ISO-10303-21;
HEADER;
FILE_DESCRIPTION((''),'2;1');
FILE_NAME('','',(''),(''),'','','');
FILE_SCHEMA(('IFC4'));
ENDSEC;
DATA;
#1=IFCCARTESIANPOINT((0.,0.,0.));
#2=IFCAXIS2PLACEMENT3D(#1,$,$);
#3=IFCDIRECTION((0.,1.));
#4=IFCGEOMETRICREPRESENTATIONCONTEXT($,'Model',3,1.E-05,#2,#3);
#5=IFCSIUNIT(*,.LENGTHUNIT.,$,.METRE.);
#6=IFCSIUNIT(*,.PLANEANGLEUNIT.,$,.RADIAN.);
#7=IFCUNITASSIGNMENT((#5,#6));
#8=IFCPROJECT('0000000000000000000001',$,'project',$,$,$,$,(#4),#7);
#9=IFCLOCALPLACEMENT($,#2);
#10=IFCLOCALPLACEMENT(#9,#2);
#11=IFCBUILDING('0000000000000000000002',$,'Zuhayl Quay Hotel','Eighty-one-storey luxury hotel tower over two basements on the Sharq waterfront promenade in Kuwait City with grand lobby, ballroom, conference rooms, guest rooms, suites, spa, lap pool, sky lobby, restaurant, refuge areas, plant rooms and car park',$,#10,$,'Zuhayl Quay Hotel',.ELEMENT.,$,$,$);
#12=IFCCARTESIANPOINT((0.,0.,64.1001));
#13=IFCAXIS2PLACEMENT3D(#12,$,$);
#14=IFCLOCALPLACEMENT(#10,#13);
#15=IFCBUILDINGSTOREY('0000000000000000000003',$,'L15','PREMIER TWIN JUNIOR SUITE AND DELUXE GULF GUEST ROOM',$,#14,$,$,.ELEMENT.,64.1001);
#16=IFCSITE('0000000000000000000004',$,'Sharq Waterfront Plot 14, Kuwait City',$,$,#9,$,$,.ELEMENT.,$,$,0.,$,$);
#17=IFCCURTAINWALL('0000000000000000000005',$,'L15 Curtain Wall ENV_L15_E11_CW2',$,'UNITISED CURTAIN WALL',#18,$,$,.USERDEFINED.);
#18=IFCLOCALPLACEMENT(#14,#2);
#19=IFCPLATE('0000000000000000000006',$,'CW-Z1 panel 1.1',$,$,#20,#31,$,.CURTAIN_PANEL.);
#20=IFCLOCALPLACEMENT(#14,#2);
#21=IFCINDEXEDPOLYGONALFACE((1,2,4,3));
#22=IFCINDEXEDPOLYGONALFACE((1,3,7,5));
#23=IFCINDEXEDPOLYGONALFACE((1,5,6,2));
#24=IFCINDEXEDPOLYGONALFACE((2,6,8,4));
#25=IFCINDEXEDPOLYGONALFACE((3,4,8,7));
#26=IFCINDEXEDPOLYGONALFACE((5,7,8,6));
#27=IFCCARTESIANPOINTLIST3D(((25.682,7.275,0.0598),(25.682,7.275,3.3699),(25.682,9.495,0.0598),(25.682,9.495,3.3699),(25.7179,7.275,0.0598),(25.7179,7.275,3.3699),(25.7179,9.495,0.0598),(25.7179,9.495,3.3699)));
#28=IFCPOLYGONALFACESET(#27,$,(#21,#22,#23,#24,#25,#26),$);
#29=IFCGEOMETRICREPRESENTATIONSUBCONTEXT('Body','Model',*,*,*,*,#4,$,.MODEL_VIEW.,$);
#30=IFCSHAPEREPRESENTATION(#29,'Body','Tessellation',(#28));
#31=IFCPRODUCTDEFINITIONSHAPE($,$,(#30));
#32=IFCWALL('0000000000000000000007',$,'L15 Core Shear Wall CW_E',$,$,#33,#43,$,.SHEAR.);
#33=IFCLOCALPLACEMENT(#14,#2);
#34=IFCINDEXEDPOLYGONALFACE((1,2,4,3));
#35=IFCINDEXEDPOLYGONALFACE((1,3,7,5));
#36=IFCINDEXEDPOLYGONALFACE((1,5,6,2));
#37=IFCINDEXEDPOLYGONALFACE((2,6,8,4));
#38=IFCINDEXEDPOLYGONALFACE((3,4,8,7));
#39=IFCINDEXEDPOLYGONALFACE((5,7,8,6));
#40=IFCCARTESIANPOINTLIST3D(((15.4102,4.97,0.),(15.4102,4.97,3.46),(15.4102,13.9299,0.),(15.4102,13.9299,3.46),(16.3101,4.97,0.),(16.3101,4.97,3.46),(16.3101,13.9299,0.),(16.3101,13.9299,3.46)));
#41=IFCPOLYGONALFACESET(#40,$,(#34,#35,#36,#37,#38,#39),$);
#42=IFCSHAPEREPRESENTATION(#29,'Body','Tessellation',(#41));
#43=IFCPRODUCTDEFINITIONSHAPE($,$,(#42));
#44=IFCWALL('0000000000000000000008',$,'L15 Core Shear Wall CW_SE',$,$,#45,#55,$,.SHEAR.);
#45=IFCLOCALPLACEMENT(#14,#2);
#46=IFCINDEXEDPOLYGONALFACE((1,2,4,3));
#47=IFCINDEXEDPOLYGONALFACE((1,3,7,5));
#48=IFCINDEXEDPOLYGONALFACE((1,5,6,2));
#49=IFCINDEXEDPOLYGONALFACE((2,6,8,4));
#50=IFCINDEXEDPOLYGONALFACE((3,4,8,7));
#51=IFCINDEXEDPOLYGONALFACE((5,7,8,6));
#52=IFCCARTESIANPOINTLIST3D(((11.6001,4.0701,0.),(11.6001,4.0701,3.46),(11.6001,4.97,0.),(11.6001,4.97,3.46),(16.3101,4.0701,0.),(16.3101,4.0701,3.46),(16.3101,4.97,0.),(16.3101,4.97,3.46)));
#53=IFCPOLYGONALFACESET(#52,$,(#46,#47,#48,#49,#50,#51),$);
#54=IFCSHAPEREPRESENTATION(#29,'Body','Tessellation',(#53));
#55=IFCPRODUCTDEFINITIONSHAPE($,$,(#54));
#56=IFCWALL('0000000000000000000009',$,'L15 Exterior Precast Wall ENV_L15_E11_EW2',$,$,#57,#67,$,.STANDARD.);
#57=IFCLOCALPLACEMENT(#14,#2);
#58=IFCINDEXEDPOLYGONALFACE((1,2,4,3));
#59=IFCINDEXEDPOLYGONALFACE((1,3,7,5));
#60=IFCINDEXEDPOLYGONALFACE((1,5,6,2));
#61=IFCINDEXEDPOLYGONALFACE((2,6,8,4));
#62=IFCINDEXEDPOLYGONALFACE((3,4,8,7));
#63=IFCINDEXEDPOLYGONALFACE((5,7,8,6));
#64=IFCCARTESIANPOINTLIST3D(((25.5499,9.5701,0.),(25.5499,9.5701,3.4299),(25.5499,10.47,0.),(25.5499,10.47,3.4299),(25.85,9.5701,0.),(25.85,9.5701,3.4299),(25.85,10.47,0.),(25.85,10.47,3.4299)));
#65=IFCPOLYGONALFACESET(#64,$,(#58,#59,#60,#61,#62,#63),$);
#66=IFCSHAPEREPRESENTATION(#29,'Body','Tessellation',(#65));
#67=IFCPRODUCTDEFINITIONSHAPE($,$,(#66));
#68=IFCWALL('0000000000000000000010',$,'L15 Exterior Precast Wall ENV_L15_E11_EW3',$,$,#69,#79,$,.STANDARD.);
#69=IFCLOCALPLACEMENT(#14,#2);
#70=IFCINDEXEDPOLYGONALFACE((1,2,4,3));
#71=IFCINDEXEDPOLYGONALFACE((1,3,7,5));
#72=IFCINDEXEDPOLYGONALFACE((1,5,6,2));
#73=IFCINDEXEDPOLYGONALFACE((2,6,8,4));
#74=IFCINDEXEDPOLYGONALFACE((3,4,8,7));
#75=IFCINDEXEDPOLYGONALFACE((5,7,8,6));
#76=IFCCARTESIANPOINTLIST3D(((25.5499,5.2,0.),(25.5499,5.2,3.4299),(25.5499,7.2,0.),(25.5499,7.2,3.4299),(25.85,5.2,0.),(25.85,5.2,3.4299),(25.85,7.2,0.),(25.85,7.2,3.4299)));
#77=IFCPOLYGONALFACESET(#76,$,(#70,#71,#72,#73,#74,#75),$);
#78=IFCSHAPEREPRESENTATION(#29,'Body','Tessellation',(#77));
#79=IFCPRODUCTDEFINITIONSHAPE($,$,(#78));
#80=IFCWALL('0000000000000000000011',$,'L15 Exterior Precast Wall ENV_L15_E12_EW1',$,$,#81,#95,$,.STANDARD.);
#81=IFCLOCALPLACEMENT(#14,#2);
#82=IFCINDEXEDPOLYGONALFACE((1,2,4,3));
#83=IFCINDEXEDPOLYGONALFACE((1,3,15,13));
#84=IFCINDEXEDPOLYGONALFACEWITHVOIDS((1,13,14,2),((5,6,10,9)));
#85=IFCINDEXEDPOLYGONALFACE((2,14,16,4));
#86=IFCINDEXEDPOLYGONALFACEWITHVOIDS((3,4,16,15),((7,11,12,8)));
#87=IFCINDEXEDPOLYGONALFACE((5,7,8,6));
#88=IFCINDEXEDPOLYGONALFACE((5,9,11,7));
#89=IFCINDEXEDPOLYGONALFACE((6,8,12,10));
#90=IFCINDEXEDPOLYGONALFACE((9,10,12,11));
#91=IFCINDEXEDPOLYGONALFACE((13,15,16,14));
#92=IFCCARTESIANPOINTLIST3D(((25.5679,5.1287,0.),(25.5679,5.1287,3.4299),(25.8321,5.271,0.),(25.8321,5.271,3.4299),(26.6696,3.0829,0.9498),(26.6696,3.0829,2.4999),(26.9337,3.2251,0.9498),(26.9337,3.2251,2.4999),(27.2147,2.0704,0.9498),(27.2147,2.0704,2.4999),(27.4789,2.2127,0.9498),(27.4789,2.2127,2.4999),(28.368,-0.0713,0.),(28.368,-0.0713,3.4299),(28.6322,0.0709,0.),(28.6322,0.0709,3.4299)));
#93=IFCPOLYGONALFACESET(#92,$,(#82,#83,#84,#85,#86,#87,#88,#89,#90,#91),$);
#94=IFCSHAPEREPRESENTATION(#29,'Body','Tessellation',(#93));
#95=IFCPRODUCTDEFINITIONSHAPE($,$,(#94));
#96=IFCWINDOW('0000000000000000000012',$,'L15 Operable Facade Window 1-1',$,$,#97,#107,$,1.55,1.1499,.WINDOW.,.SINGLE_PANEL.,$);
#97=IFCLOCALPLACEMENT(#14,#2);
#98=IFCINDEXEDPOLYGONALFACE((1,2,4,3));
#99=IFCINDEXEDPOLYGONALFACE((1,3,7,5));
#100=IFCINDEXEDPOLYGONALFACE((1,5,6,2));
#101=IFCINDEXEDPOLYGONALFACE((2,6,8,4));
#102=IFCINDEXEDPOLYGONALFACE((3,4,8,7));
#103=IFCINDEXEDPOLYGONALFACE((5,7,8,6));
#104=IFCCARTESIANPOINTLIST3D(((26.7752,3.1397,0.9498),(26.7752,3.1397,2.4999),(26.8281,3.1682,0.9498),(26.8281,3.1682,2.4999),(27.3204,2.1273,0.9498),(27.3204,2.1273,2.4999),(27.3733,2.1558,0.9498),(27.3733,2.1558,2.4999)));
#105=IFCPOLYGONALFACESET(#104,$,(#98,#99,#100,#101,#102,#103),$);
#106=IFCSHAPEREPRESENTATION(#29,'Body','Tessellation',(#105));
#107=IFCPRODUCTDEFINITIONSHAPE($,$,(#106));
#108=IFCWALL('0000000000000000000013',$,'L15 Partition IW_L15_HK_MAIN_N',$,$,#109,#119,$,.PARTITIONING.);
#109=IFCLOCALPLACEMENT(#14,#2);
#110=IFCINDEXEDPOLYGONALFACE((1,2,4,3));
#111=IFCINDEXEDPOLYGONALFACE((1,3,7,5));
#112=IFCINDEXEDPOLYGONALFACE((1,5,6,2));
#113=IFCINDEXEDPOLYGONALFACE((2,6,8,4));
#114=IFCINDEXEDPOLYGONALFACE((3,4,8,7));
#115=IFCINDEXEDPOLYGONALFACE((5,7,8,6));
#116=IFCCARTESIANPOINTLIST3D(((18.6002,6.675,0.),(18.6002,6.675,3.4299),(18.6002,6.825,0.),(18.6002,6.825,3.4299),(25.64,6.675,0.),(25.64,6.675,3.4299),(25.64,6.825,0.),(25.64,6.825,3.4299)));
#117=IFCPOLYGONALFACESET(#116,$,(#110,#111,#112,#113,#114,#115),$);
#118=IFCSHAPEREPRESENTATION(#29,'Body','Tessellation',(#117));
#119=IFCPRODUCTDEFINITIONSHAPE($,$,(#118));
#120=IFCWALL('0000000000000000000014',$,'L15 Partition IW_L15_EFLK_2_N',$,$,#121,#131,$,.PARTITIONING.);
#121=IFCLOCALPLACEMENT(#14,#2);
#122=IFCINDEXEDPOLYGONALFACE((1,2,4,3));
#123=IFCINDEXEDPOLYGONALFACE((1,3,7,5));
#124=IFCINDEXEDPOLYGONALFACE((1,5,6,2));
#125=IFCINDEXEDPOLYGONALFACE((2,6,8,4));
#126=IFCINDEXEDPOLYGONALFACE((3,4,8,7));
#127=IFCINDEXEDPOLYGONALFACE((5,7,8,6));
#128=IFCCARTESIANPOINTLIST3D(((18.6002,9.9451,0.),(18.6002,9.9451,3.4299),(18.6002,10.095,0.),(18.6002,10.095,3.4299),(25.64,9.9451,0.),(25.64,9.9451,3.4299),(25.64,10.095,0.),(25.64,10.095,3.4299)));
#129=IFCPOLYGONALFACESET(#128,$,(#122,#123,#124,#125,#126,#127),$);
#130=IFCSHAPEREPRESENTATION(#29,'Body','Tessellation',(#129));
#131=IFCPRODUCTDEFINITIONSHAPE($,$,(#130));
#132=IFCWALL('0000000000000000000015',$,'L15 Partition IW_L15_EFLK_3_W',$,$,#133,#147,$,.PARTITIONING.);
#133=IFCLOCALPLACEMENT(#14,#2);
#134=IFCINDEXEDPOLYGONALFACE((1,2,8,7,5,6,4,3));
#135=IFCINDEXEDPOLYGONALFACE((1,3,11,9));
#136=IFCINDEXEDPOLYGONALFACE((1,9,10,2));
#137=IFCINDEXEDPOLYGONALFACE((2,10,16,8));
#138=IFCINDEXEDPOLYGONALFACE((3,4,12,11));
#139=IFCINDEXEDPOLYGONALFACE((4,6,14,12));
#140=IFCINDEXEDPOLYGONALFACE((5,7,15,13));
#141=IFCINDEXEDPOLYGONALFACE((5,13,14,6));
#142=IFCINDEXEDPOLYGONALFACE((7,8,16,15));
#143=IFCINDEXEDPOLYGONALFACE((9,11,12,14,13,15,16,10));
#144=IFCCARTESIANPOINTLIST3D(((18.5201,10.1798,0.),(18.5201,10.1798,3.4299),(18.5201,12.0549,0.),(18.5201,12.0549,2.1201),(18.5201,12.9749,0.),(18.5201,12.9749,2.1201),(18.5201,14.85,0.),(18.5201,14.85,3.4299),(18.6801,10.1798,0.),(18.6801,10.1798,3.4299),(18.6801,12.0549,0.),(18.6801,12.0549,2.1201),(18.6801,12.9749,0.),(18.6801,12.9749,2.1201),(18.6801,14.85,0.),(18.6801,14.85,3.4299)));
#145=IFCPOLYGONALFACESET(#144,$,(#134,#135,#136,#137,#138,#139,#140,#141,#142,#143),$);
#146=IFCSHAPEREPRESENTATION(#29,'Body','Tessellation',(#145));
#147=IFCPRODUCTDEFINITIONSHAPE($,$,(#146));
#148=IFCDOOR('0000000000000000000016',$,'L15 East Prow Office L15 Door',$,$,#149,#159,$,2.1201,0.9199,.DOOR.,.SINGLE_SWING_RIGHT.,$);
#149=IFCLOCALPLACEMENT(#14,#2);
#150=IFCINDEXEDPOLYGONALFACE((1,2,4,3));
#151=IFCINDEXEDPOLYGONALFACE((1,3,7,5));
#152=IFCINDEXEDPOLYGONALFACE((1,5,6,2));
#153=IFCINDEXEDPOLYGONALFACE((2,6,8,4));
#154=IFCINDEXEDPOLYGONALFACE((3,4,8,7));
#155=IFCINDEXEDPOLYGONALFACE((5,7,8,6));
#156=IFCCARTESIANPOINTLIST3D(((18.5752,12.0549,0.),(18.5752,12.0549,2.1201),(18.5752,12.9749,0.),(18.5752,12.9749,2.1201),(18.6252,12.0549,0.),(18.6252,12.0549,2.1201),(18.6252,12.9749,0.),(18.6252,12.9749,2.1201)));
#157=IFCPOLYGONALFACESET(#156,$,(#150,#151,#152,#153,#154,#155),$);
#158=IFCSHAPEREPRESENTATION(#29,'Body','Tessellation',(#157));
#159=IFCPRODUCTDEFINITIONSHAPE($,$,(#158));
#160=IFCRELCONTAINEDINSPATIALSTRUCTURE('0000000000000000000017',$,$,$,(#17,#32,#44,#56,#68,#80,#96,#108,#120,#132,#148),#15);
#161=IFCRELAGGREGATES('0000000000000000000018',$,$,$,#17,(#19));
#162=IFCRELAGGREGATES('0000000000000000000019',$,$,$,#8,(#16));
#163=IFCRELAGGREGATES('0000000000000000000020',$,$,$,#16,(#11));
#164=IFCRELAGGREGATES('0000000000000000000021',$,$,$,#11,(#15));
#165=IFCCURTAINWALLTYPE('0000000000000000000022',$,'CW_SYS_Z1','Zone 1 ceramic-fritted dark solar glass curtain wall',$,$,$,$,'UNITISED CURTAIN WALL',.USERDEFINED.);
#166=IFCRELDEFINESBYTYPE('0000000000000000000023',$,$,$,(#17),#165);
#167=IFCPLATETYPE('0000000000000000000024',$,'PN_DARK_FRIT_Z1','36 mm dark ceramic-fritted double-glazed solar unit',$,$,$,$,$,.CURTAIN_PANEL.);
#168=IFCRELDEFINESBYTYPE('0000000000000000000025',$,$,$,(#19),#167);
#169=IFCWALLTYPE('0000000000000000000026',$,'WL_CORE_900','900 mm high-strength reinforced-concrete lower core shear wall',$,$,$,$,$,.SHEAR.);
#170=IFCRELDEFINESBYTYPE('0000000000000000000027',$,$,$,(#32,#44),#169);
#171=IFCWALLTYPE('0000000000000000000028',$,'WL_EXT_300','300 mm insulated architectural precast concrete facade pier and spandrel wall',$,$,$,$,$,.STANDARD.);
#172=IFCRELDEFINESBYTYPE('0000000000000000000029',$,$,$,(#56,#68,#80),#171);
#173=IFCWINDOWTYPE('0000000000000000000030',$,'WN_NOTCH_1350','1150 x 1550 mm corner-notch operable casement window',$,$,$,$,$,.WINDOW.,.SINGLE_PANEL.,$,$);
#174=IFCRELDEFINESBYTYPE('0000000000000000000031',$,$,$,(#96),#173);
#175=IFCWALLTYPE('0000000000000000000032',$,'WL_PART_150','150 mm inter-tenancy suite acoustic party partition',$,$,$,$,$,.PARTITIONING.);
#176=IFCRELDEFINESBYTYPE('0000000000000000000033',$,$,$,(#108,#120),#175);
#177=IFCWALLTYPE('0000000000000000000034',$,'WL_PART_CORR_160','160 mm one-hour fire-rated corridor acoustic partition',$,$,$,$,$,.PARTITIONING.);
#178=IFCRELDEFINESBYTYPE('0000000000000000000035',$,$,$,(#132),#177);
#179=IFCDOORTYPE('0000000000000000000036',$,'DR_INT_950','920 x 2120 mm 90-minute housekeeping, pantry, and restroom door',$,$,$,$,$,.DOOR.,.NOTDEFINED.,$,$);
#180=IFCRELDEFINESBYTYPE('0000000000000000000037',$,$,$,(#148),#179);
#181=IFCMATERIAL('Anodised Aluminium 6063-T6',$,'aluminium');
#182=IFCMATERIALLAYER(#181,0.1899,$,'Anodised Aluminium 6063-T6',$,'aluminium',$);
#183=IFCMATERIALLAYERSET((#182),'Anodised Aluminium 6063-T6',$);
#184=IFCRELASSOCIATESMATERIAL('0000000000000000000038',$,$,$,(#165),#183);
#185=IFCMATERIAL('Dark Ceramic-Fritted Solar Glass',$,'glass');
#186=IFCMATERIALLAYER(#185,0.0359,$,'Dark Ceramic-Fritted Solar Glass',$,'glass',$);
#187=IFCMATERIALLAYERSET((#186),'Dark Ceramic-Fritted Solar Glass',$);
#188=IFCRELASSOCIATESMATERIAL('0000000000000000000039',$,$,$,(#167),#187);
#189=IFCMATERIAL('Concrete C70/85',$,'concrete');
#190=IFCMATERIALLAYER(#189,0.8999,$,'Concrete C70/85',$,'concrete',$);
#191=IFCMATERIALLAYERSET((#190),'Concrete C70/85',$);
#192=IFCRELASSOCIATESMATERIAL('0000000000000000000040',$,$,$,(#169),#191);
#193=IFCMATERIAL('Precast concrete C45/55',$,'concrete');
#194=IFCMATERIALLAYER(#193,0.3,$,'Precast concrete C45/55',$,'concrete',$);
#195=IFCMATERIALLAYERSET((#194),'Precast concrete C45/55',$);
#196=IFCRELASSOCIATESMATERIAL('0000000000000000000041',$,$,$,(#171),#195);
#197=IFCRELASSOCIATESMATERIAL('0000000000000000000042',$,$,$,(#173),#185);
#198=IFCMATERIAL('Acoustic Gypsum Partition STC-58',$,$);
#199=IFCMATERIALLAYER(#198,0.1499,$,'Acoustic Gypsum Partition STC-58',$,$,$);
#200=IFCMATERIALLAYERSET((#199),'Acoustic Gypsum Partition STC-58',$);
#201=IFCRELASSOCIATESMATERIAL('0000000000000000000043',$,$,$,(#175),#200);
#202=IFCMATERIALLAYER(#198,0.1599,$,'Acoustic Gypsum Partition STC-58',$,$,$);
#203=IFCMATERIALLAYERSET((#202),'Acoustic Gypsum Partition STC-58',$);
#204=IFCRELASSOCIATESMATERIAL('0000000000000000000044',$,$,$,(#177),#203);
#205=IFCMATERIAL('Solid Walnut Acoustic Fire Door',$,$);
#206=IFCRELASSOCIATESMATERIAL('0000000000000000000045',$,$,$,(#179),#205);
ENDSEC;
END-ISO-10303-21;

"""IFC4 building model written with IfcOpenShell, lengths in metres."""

from ifc_helpers import new_model, si_unit, direction, frame, frame_2d, origin, origin_2d, place, context, subcontext, project, spatial, rectangle, extrude, material, layer, layer_set, type_object, element, fill, aggregate, save


model = new_model("IFC4")

# Units and contexts
model_context = context("Model", 3, precision=1e-05, world=origin(), true_north=direction((0.0, 1.0)))
body_context = subcontext(model_context, "Body", "Model", "MODEL_VIEW")
ifc_project = project(units=[si_unit("LENGTHUNIT", "METRE"), si_unit("PLANEANGLEUNIT", "RADIAN")], contexts=[model_context])

# Site, building, storey
site_placement = place(None, origin())
site = spatial("IfcSite", under=ifc_project, at=site_placement, Name="Sharq Waterfront Plot 14, Kuwait City", CompositionType="ELEMENT", RefElevation=0.0)
building_placement = place(site_placement, origin())
building = spatial("IfcBuilding", under=site, at=building_placement, Name="Zuhayl Quay Hotel", Description="Eighty-one-storey luxury hotel tower over two basements on the Sharq waterfront promenade in Kuwait City with grand lobby, ballroom, conference rooms, guest rooms, suites, spa, lap pool, sky lobby, restaurant, refuge areas, plant rooms and car park", LongName="Zuhayl Quay Hotel", CompositionType="ELEMENT")
storey_placement = place(building_placement, frame((0.0, 0.0, 64.1001)))
storey = spatial("IfcBuildingStorey", under=building, at=storey_placement, Name="L15", Description="PREMIER TWIN JUNIOR SUITE AND DELUXE GULF GUEST ROOM", CompositionType="ELEMENT", Elevation=64.1001)

# Shared definitions
ifc_material_1 = material(Name="Concrete C70/85", Category="concrete")

# Shared definitions
ifc_material_2 = material(Name="Anodised Aluminium 6063-T6", Category="aluminium")
ifc_layer_1 = layer(ifc_material_2, 0.1899, Name="Anodised Aluminium 6063-T6", Category="aluminium")
ifc_layer_set_1 = layer_set([ifc_layer_1], Name="Anodised Aluminium 6063-T6")
curtain_wall_type = type_object("IfcCurtainWallType", Name="CW_SYS_Z1", Description="Zone 1 ceramic-fritted dark solar glass curtain wall", ElementType="UNITISED CURTAIN WALL", PredefinedType="USERDEFINED", material=ifc_layer_set_1)

# Curtain wall
curtain_wall_1_placement = place(storey_placement, origin())
curtain_wall_1 = element("IfcCurtainWall", 1, at=curtain_wall_1_placement, inside=storey, type_object=curtain_wall_type, Name="L15 Curtain Wall ENV_L15_E11_CW2", ObjectType="UNITISED CURTAIN WALL", PredefinedType="USERDEFINED")

# Plate
ifc_material_3 = material(Name="Dark Ceramic-Fritted Solar Glass", Category="glass")
ifc_layer_2 = layer(ifc_material_3, 0.0359, Name="Dark Ceramic-Fritted Solar Glass", Category="glass")
ifc_layer_set_2 = layer_set([ifc_layer_2], Name="Dark Ceramic-Fritted Solar Glass")
plate_type = type_object("IfcPlateType", Name="PN_DARK_FRIT_Z1", Description="36 mm dark ceramic-fritted double-glazed solar unit", PredefinedType="CURTAIN_PANEL", material=ifc_layer_set_2)
plate_1_placement = place(storey_placement, frame((25.7, 8.385, 0.0598), z_axis=(0.0, 0.0, 1.0), x_axis=(0.0, -1.0, 0.0)))
plate_1 = element("IfcPlate", 2, at=plate_1_placement, type_object=plate_type, Name="CW-Z1 panel 1.1", PredefinedType="CURTAIN_PANEL", context=body_context, shape_type="SweptSolid", body=[
    extrude(rectangle(XDim=2.22, YDim=0.0359, at=origin_2d()), origin(), (0.0, 0.0, 1.0), 3.3101),
])
aggregate(curtain_wall_1, [plate_1])

# Walls
ifc_layer_3 = layer(ifc_material_1, 0.8999, Name="Concrete C70/85", Category="concrete")
ifc_layer_set_3 = layer_set([ifc_layer_3], Name="Concrete C70/85")
wall_type_1 = type_object("IfcWallType", Name="WL_CORE_900", Description="900 mm high-strength reinforced-concrete lower core shear wall", PredefinedType="SHEAR", material=ifc_layer_set_3)
wall_1_placement = place(storey_placement, frame((15.8601, 4.97, 0.0), z_axis=(0.0, 0.0, 1.0), x_axis=(0.0, 1.0, 0.0)))
element("IfcWall", 3, at=wall_1_placement, inside=storey, type_object=wall_type_1, Name="L15 Core Shear Wall CW_E", PredefinedType="SHEAR", context=body_context, shape_type="SweptSolid", body=[
    extrude(rectangle(XDim=8.96, YDim=0.8999, at=frame_2d((4.48, 0.0))), origin(), (0.0, 0.0, 1.0), 3.46),
])
wall_2_placement = place(storey_placement, frame((11.6001, 4.52, 0.0), z_axis=(0.0, 0.0, 1.0), x_axis=(1.0, 0.0, 0.0)))
element("IfcWall", 4, at=wall_2_placement, inside=storey, type_object=wall_type_1, Name="L15 Core Shear Wall CW_SE", PredefinedType="SHEAR", context=body_context, shape_type="SweptSolid", body=[
    extrude(rectangle(XDim=4.71, YDim=0.8999, at=frame_2d((2.355, 0.0))), origin(), (0.0, 0.0, 1.0), 3.46),
])
ifc_material_4 = material(Name="Precast concrete C45/55", Category="concrete")
ifc_layer_4 = layer(ifc_material_4, 0.3, Name="Precast concrete C45/55", Category="concrete")
ifc_layer_set_4 = layer_set([ifc_layer_4], Name="Precast concrete C45/55")
wall_type_2 = type_object("IfcWallType", Name="WL_EXT_300", Description="300 mm insulated architectural precast concrete facade pier and spandrel wall", PredefinedType="STANDARD", material=ifc_layer_set_4)
wall_3_placement = place(storey_placement, frame((25.7, 10.47, 0.0), z_axis=(0.0, 0.0, 1.0), x_axis=(0.0, -1.0, 0.0)))
element("IfcWall", 5, at=wall_3_placement, inside=storey, type_object=wall_type_2, Name="L15 Exterior Precast Wall ENV_L15_E11_EW2", PredefinedType="STANDARD", context=body_context, shape_type="SweptSolid", body=[
    extrude(rectangle(XDim=0.8999, YDim=0.3, at=frame_2d((0.45, 0.0))), origin(), (0.0, 0.0, 1.0), 3.4299),
])
wall_4_placement = place(storey_placement, frame((25.7, 7.2, 0.0), z_axis=(0.0, 0.0, 1.0), x_axis=(0.0, -1.0, 0.0)))
element("IfcWall", 6, at=wall_4_placement, inside=storey, type_object=wall_type_2, Name="L15 Exterior Precast Wall ENV_L15_E11_EW3", PredefinedType="STANDARD", context=body_context, shape_type="SweptSolid", body=[
    extrude(rectangle(XDim=2.0, YDim=0.3, at=frame_2d((1.0, 0.0))), origin(), (0.0, 0.0, 1.0), 3.4299),
])

# Wall, opening, window
wall_5_placement = place(storey_placement, frame((25.7, 5.2, 0.0), z_axis=(0.0, 0.0, 1.0), x_axis=(0.47411, -0.880466, 0.0)))
wall_5 = element("IfcWall", 7, at=wall_5_placement, inside=storey, type_object=wall_type_2, Name="L15 Exterior Precast Wall ENV_L15_E12_EW1", PredefinedType="STANDARD", context=body_context, shape_type="SweptSolid", body=[
    extrude(rectangle(XDim=5.906, YDim=0.3, at=frame_2d((2.9531, 0.0))), origin(), (0.0, 0.0, 1.0), 3.4299),
])
opening_1_placement = place(wall_5_placement, frame((2.3237, 0.0, 0.95)))
opening_1 = element("IfcOpeningElement", 8, at=opening_1_placement, cuts=wall_5, PredefinedType="OPENING", context=body_context, shape_type="SweptSolid", body=[
    extrude(rectangle(XDim=1.1499, YDim=1.55, at=frame_2d((0.575, 0.7749))), frame((0.0, 0.1599, 0.0), z_axis=(0.0, -1.0, 0.0), x_axis=(1.0, 0.0, 0.0)), (0.0, 0.0, 1.0), 0.3201),
])
window_type = type_object("IfcWindowType", Name="WN_NOTCH_1350", Description="1150 x 1550 mm corner-notch operable casement window", PartitioningType="SINGLE_PANEL", PredefinedType="WINDOW", material=ifc_material_3)
window_placement = place(opening_1_placement, origin())
window = element("IfcWindow", 9, at=window_placement, inside=storey, type_object=window_type, Name="L15 Operable Facade Window 1-1", OverallHeight=1.55, OverallWidth=1.1499, PartitioningType="SINGLE_PANEL", PredefinedType="WINDOW", context=body_context, shape_type="SweptSolid", body=[
    extrude(rectangle(XDim=1.1499, YDim=1.55, at=frame_2d((0.575, 0.7749))), frame((0.0, 0.03, 0.0), z_axis=(0.0, -1.0, 0.0), x_axis=(1.0, 0.0, 0.0)), (0.0, 0.0, 1.0), 0.0601),
])
fill(opening_1, window)

# Walls
ifc_material_5 = material(Name="Acoustic Gypsum Partition STC-58")
ifc_layer_5 = layer(ifc_material_5, 0.1499, Name="Acoustic Gypsum Partition STC-58")
ifc_layer_set_5 = layer_set([ifc_layer_5], Name="Acoustic Gypsum Partition STC-58")
wall_type_3 = type_object("IfcWallType", Name="WL_PART_150", Description="150 mm inter-tenancy suite acoustic party partition", PredefinedType="PARTITIONING", material=ifc_layer_set_5)
for number, where, z_axis, x_axis, name in (
    (10, (18.6001, 6.75, 0.0), (0.0, 0.0, 1.0), (1.0, 0.0, 0.0), "L15 Partition IW_L15_HK_MAIN_N"),
    (11, (18.6001, 10.02, 0.0), (0.0, 0.0, 1.0), (1.0, 0.0, 0.0), "L15 Partition IW_L15_EFLK_2_N"),
):
    element("IfcWall", number, at=place(storey_placement, frame(where, z_axis=z_axis, x_axis=x_axis)), inside=storey, type_object=wall_type_3, Name=name, PredefinedType="PARTITIONING", context=body_context, shape_type="SweptSolid", body=[
        extrude(rectangle(XDim=7.0398, YDim=0.1499, at=frame_2d((3.52, 0.0))), origin(), (0.0, 0.0, 1.0), 3.4299),
    ])

# Wall, opening, door
ifc_layer_6 = layer(ifc_material_5, 0.1599, Name="Acoustic Gypsum Partition STC-58")
ifc_layer_set_6 = layer_set([ifc_layer_6], Name="Acoustic Gypsum Partition STC-58")
wall_type_4 = type_object("IfcWallType", Name="WL_PART_CORR_160", Description="160 mm one-hour fire-rated corridor acoustic partition", PredefinedType="PARTITIONING", material=ifc_layer_set_6)
ifc_material_6 = material(Name="Solid Walnut Acoustic Fire Door")
door_type_1 = type_object("IfcDoorType", Name="DR_INT_950", Description="920 x 2120 mm 90-minute housekeeping, pantry, and restroom door", OperationType="NOTDEFINED", PredefinedType="DOOR", material=ifc_material_6)
wall_6_placement = place(storey_placement, frame((18.6001, 10.1799, 0.0), z_axis=(0.0, 0.0, 1.0), x_axis=(0.0, 1.0, 0.0)))
wall_6 = element("IfcWall", 12, at=wall_6_placement, inside=storey, type_object=wall_type_4, Name="L15 Partition IW_L15_EFLK_3_W", PredefinedType="PARTITIONING", context=body_context, shape_type="SweptSolid", body=[
    extrude(rectangle(XDim=4.6702, YDim=0.1599, at=frame_2d((2.335, 0.0))), origin(), (0.0, 0.0, 1.0), 3.4299),
])
opening_2_placement = place(wall_6_placement, frame((1.875, 0.0, 0.0)))
opening_2 = element("IfcOpeningElement", 13, at=opening_2_placement, cuts=wall_6, PredefinedType="OPENING", context=body_context, shape_type="SweptSolid", body=[
    extrude(rectangle(XDim=0.9199, YDim=2.1201, at=frame_2d((0.46, 1.0601))), frame((0.0, 0.0898, 0.0), z_axis=(0.0, -1.0, 0.0), x_axis=(1.0, 0.0, 0.0)), (0.0, 0.0, 1.0), 0.1799),
])
door_1_placement = place(opening_2_placement, origin())
door_1 = element("IfcDoor", 14, at=door_1_placement, inside=storey, type_object=door_type_1, Name="L15 East Prow Office L15 Door", OperationType="SINGLE_SWING_RIGHT", OverallHeight=2.1201, OverallWidth=0.9199, PredefinedType="DOOR", context=body_context, shape_type="SweptSolid", body=[
    extrude(rectangle(XDim=0.9199, YDim=2.1201, at=frame_2d((0.46, 1.0601))), frame((0.0, 0.0249, 0.0), z_axis=(0.0, -1.0, 0.0), x_axis=(1.0, 0.0, 0.0)), (0.0, 0.0, 1.0), 0.05),
])
fill(opening_2, door_1)

save(model, "model.ifc")
